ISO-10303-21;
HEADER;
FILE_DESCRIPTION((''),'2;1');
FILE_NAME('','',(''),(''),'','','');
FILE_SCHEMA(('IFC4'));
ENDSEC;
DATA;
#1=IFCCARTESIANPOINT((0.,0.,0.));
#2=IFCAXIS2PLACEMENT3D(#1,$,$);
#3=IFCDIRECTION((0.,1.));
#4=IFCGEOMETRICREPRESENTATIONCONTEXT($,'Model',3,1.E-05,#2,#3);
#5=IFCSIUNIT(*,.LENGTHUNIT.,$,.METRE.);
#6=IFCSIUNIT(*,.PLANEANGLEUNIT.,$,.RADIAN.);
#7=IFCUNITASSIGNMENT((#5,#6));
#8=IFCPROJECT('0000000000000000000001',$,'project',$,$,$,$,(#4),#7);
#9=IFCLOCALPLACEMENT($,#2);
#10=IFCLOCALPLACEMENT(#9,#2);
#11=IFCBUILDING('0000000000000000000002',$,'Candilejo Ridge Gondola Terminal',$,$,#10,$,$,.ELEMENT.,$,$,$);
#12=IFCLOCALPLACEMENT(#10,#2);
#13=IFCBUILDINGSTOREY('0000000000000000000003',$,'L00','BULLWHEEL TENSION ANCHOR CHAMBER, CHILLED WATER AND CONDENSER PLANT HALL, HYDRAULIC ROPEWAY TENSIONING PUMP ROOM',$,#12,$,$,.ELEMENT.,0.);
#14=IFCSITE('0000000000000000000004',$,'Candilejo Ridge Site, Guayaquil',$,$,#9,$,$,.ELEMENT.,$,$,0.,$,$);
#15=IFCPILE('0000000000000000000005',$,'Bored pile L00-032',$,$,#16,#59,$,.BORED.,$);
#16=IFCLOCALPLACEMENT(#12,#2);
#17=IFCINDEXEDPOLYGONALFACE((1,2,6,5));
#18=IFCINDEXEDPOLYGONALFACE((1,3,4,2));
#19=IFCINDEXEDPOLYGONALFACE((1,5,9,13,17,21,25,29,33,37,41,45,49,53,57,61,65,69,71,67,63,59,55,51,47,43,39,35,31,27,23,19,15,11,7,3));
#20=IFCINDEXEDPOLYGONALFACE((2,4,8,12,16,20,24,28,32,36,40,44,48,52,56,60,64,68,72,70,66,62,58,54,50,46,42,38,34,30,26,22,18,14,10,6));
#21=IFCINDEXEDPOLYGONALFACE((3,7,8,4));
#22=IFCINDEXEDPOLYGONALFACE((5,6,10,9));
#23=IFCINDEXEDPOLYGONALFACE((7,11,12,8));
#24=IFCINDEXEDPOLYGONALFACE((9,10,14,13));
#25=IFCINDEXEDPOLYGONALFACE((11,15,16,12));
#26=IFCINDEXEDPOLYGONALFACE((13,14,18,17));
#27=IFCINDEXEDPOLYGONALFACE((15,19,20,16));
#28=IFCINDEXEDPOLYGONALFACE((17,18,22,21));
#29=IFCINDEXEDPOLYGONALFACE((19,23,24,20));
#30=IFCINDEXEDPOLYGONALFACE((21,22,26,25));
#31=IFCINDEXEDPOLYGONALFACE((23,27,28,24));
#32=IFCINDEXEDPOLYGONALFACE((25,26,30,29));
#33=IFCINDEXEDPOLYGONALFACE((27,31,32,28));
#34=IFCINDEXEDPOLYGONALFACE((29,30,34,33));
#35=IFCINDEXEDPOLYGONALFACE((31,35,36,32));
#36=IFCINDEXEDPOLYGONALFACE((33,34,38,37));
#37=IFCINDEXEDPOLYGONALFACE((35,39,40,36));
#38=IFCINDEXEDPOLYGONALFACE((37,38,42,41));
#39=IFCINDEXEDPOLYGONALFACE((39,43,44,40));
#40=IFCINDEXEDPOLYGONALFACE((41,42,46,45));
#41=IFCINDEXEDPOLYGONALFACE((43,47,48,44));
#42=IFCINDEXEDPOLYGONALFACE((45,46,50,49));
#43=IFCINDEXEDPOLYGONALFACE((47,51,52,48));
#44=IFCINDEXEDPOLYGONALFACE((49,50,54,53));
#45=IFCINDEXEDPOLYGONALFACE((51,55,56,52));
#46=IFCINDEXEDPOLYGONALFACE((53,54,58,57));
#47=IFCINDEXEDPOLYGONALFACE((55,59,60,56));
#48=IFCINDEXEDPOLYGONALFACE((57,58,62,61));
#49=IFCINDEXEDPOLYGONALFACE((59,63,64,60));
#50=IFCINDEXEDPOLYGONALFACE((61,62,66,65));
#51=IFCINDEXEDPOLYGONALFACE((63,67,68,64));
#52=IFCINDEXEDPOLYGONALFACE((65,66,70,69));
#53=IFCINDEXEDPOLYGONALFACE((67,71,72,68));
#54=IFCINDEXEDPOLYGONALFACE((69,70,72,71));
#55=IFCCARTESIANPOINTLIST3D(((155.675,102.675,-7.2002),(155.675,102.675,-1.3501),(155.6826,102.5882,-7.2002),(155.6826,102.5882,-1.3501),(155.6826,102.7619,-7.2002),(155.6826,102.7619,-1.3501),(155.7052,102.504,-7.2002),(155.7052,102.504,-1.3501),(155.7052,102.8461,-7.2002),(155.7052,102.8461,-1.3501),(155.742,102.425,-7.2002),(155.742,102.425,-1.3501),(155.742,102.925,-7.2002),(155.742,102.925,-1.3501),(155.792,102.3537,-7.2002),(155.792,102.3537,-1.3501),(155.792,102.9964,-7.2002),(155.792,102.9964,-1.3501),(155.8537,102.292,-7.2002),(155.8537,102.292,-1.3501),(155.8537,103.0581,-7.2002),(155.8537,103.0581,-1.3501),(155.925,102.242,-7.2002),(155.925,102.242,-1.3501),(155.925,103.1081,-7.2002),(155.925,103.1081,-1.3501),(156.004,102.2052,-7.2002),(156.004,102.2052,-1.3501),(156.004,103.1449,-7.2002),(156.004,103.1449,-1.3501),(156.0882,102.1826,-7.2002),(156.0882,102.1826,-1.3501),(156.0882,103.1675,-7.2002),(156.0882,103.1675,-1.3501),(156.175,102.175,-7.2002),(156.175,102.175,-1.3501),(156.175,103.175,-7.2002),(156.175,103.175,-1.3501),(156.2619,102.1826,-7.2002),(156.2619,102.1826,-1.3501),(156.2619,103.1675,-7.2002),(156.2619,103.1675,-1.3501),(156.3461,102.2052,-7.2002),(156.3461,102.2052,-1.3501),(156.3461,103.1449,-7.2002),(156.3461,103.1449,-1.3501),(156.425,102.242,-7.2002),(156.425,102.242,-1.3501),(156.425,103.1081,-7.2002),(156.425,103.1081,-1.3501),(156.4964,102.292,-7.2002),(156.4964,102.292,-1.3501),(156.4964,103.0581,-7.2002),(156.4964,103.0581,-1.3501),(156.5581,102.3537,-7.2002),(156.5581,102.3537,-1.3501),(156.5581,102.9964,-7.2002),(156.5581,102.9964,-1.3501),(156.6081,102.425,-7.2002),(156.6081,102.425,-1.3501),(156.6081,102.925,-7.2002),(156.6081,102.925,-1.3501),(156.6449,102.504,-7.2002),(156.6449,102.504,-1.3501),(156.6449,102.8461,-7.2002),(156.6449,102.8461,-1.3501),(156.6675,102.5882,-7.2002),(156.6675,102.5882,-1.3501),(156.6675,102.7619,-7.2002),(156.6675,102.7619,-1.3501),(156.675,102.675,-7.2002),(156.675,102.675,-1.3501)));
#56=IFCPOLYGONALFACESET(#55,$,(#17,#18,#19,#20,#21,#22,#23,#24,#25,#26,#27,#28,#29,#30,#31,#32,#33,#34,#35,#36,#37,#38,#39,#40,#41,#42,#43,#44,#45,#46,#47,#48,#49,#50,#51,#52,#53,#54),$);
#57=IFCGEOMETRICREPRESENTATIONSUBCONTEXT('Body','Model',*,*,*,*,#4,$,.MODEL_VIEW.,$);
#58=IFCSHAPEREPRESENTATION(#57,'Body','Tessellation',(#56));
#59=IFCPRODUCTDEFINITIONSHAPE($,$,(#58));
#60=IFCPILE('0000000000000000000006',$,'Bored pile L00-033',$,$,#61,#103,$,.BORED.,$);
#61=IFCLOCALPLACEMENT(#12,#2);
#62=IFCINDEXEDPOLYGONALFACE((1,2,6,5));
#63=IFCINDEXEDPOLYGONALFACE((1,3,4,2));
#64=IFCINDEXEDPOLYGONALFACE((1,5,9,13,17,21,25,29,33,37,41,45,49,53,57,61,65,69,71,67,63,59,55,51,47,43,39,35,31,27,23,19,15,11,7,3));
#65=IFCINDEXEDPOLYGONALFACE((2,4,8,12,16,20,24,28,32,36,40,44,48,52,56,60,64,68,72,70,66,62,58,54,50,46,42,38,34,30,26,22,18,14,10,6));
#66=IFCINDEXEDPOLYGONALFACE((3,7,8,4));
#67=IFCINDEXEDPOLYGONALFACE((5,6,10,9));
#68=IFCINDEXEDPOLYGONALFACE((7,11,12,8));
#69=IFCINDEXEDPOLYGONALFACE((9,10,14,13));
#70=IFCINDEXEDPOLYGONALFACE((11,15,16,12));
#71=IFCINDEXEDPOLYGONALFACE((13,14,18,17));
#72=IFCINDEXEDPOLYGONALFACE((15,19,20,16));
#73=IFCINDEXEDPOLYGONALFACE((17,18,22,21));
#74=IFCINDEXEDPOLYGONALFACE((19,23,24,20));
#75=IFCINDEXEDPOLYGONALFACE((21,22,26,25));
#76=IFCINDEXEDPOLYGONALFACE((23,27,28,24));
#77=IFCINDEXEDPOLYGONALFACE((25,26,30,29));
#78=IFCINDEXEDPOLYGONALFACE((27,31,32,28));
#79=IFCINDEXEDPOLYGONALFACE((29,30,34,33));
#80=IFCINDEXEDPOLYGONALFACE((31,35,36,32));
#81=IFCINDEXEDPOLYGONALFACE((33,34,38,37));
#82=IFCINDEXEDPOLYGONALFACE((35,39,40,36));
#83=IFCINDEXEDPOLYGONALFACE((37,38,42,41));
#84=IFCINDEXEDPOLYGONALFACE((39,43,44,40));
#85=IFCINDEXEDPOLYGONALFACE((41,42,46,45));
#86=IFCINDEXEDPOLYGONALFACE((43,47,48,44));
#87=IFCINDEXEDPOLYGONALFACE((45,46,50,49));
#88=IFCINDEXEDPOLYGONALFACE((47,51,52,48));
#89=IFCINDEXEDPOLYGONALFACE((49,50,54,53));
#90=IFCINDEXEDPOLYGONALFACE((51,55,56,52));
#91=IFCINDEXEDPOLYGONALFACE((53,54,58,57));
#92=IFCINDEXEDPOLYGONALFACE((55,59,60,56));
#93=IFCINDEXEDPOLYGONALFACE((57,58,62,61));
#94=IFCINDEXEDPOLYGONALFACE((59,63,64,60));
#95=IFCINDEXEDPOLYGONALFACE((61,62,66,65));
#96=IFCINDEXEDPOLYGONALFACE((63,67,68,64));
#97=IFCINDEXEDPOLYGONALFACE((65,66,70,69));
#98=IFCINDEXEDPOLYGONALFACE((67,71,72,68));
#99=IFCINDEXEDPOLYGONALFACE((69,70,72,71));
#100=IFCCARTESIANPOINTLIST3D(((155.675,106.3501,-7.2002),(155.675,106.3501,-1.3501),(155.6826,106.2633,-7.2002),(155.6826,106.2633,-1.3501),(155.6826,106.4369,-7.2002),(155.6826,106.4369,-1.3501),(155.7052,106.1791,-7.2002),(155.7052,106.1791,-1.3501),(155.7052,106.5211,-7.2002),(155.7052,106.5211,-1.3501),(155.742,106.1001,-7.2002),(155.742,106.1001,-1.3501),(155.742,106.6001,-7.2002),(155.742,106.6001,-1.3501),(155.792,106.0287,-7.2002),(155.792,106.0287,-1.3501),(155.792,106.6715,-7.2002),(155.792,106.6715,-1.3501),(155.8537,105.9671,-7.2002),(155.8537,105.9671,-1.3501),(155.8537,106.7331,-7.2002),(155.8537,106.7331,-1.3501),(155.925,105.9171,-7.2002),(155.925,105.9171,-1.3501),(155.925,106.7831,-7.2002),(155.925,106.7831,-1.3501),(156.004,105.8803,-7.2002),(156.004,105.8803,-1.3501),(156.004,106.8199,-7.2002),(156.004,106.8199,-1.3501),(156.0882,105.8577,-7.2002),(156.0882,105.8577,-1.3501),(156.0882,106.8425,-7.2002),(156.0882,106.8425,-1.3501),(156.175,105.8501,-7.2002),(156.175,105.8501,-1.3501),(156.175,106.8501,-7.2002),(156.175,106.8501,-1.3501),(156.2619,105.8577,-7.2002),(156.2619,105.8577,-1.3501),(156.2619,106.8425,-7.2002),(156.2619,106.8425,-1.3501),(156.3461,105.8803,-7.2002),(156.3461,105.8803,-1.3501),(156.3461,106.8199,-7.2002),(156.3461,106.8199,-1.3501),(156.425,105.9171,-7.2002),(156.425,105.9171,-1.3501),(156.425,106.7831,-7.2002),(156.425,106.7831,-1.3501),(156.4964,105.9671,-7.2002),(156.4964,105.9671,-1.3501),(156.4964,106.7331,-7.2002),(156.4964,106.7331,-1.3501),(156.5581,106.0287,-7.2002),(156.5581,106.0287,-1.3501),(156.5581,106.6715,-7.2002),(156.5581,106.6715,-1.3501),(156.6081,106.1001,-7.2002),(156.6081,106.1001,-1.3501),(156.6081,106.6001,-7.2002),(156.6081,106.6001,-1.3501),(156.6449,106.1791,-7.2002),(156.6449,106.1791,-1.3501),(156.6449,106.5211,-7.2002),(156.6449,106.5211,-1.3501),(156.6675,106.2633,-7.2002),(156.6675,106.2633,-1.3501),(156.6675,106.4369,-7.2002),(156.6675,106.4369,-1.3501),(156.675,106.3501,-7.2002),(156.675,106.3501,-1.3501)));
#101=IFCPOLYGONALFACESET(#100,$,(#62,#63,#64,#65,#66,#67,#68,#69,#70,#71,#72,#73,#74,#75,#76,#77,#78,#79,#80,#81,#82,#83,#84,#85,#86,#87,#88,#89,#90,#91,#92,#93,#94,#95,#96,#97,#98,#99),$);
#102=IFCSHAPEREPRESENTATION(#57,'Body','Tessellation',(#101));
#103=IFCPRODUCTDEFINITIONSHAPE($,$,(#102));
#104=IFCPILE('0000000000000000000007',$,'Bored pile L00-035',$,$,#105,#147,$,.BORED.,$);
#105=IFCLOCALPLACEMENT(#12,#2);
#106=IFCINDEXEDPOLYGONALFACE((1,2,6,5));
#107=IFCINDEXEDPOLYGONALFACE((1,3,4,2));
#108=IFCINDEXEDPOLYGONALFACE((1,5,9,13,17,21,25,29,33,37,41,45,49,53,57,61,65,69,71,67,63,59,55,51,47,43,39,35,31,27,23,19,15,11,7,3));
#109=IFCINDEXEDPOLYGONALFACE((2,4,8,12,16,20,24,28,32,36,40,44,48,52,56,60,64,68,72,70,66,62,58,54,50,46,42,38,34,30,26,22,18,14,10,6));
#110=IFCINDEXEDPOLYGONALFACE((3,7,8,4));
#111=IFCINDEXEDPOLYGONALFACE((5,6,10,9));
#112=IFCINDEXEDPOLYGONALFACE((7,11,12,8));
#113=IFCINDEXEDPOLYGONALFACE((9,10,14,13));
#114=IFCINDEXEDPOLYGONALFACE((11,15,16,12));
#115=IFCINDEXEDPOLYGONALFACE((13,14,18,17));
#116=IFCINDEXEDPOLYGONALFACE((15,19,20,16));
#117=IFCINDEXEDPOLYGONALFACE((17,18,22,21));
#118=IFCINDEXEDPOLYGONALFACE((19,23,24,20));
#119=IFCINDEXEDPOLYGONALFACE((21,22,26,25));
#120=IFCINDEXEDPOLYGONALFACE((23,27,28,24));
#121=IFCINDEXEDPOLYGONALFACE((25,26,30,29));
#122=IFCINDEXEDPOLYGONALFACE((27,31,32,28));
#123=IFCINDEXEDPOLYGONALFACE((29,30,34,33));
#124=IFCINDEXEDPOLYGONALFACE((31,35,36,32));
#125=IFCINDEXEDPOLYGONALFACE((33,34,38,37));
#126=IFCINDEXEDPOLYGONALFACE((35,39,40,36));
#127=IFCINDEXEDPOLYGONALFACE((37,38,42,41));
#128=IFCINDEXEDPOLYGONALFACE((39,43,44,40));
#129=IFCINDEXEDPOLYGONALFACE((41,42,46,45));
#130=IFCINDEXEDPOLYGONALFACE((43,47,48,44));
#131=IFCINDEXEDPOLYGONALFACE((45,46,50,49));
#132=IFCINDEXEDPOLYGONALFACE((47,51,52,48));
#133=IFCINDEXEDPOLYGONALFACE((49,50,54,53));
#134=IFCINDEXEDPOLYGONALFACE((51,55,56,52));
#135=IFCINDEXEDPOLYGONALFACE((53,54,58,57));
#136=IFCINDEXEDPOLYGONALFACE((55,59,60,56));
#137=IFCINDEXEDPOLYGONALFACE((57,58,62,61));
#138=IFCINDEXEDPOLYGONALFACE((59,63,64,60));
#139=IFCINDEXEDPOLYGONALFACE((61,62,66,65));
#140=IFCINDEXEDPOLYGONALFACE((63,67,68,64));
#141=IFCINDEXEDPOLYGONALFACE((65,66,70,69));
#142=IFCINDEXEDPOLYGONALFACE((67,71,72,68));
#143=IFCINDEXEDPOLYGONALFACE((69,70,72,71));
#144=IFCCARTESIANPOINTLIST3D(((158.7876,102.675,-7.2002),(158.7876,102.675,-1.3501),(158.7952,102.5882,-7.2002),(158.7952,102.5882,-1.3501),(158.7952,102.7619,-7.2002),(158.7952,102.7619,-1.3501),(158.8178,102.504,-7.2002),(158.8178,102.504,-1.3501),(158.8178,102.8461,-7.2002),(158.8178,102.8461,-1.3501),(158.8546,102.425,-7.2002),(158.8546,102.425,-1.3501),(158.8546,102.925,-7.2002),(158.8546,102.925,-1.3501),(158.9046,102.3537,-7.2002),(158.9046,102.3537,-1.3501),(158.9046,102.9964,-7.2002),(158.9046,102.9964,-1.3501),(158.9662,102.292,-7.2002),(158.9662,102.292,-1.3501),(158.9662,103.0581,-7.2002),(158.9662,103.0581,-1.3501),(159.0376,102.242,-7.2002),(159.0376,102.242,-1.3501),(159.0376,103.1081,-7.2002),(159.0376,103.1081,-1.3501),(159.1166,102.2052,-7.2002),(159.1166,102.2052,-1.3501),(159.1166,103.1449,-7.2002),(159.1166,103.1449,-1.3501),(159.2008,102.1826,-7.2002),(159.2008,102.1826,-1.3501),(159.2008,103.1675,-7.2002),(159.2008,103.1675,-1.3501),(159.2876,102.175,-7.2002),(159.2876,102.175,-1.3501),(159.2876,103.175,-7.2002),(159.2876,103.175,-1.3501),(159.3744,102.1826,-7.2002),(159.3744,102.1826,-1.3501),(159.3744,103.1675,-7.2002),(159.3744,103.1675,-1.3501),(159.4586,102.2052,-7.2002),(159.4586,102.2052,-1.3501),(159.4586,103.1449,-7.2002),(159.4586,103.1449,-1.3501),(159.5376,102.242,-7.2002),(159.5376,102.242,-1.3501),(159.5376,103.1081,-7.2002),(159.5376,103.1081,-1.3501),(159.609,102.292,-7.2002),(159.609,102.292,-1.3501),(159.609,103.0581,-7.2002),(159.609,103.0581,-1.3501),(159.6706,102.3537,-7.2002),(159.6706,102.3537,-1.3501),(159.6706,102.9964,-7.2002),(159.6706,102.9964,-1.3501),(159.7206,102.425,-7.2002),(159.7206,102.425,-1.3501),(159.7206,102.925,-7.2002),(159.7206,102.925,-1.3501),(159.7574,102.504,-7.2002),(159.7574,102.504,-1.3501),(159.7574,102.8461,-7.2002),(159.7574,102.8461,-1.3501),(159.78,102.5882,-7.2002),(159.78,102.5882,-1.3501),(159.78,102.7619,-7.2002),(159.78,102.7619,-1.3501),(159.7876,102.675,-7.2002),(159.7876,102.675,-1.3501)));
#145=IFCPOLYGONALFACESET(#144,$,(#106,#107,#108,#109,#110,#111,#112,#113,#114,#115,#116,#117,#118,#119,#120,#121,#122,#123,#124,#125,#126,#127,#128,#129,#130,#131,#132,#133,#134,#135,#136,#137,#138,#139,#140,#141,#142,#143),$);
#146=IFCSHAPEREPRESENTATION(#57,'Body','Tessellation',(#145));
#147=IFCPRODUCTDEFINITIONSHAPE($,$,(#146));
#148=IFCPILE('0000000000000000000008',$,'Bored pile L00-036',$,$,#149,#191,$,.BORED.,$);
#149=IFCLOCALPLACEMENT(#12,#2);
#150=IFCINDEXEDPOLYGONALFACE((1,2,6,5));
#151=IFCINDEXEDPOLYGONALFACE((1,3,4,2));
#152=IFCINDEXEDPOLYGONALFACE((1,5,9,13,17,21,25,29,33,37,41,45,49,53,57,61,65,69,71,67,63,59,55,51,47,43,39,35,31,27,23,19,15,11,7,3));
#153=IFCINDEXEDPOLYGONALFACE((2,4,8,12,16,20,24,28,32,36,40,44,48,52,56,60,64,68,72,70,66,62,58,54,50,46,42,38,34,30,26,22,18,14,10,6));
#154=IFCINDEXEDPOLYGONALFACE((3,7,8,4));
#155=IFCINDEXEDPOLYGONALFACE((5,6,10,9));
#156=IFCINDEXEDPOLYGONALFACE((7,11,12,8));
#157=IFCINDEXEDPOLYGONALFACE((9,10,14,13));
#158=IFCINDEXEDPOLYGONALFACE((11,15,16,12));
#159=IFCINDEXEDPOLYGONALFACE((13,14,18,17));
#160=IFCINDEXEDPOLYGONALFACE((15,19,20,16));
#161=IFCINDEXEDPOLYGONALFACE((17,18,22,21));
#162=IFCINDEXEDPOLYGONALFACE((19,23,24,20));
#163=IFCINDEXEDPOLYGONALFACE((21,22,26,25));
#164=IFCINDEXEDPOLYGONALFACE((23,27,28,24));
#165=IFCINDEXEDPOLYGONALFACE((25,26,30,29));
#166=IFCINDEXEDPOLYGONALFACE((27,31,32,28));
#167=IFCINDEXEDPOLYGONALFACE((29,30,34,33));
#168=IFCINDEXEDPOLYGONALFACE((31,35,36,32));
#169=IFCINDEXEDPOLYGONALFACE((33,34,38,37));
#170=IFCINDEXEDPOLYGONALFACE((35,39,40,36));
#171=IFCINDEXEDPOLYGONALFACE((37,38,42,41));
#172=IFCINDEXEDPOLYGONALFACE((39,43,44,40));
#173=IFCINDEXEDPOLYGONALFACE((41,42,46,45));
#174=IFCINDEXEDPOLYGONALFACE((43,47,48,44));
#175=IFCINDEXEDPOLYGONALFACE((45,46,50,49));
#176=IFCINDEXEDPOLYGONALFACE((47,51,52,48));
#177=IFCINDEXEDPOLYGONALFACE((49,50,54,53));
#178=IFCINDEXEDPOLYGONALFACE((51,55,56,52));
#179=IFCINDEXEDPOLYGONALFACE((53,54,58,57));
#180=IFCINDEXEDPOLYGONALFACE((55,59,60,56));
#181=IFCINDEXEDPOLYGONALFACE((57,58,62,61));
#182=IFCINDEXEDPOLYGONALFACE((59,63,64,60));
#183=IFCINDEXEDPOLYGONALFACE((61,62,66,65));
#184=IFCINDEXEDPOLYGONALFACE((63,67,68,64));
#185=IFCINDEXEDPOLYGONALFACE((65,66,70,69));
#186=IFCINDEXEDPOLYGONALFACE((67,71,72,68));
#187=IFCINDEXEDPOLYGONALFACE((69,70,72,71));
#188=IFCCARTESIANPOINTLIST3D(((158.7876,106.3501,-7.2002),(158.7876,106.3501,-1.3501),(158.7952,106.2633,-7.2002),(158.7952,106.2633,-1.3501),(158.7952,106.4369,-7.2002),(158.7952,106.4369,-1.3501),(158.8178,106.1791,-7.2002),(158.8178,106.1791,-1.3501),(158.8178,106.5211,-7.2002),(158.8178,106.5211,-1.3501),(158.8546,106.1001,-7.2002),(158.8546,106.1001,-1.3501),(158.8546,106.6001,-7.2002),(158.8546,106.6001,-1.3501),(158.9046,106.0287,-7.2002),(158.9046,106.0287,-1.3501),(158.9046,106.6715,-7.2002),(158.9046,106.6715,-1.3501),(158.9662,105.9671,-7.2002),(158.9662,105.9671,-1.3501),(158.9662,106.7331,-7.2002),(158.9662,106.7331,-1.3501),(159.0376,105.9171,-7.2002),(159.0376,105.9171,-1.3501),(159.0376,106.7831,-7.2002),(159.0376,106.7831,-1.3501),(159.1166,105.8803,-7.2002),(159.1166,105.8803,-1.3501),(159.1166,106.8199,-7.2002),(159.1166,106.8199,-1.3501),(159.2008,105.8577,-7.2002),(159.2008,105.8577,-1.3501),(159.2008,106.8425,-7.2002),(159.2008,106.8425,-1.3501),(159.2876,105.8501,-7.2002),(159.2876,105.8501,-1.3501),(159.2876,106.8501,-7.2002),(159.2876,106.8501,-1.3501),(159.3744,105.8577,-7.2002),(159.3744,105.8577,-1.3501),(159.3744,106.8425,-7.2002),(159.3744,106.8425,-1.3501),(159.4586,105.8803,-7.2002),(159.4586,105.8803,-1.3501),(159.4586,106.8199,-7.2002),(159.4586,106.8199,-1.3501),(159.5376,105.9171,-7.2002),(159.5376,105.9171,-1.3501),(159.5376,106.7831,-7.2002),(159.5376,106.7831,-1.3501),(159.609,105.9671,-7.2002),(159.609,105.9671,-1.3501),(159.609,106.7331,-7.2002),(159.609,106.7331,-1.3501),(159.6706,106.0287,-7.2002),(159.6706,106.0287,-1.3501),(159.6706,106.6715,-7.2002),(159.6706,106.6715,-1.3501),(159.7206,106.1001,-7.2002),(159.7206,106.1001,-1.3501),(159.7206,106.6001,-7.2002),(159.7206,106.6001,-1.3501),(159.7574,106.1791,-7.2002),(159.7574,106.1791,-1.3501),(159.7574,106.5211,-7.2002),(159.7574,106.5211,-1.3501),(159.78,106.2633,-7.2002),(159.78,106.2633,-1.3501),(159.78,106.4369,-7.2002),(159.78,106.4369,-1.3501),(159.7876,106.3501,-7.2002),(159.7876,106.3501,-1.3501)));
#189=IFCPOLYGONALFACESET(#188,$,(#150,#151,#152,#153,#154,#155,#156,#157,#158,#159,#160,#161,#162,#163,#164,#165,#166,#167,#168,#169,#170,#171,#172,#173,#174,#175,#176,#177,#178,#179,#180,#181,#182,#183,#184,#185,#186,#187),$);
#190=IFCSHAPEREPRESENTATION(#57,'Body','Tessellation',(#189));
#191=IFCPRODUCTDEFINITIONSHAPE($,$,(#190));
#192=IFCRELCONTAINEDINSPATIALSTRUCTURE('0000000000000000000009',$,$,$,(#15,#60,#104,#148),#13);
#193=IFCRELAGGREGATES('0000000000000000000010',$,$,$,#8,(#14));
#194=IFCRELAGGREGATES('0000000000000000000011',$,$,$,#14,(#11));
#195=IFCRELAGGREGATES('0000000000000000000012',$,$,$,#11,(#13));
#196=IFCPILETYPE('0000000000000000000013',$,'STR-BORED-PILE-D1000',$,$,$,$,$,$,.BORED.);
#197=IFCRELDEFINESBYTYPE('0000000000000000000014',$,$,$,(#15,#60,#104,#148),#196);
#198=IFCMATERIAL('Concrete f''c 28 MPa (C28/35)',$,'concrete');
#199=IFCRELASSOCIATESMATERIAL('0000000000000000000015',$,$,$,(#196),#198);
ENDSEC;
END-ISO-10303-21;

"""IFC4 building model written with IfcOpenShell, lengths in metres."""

from ifc_helpers import new_model, si_unit, direction, frame, origin, origin_2d, place, context, subcontext, project, spatial, circle, extrude, material, material_profile, profile_set, type_object, element, save


model = new_model("IFC4")

# Units and contexts
model_context = context("Model", 3, precision=1e-05, world=origin(), true_north=direction((0.0, 1.0)))
body_context = subcontext(model_context, "Body", "Model", "MODEL_VIEW")
ifc_project = project(units=[si_unit("LENGTHUNIT", "METRE"), si_unit("PLANEANGLEUNIT", "RADIAN")], contexts=[model_context])

# Site, building, storey
site_placement = place(None, origin())
site = spatial("IfcSite", under=ifc_project, at=site_placement, Name="Candilejo Ridge Site, Guayaquil", CompositionType="ELEMENT", RefElevation=0.0)
building_placement = place(site_placement, origin())
building = spatial("IfcBuilding", under=site, at=building_placement, Name="Candilejo Ridge Gondola Terminal", CompositionType="ELEMENT")
storey_placement = place(building_placement, origin())
storey = spatial("IfcBuildingStorey", under=building, at=storey_placement, Name="L00", Description="BULLWHEEL TENSION ANCHOR CHAMBER, CHILLED WATER AND CONDENSER PLANT HALL, HYDRAULIC ROPEWAY TENSIONING PUMP ROOM", CompositionType="ELEMENT", Elevation=0.0)

# Piles
ifc_material_1 = material(Name="Concrete f'c 28 MPa (C28/35)", Category="concrete")
ifc_material_profile_1 = material_profile(ifc_material_1, circle(Radius=0.5, at=origin_2d()))
ifc_profile_set_1 = profile_set([ifc_material_profile_1], Name="Concrete f'c 28 MPa (C28/35)")
pile_type = type_object("IfcPileType", Name="STR-BORED-PILE-D1000", PredefinedType="BORED", material=ifc_profile_set_1)
for number, where, z_axis, x_axis, name in (
    (1, (156.175, 102.675, -1.3501), (0.0, 0.0, -1.0), (1.0, 0.0, 0.0), "Bored pile L00-032"),
    (2, (156.175, 106.3501, -1.3501), (0.0, 0.0, -1.0), (1.0, 0.0, 0.0), "Bored pile L00-033"),
    (3, (159.2876, 102.675, -1.3501), (0.0, 0.0, -1.0), (1.0, 0.0, 0.0), "Bored pile L00-035"),
    (4, (159.2876, 106.3501, -1.3501), (0.0, 0.0, -1.0), (1.0, 0.0, 0.0), "Bored pile L00-036"),
):
    element("IfcPile", number, at=place(storey_placement, frame(where, z_axis=z_axis, x_axis=x_axis)), inside=storey, type_object=pile_type, Name=name, PredefinedType="BORED", context=body_context, shape_type="SweptSolid", body=[
        extrude(circle(Radius=0.5, at=origin_2d()), origin(), (0.0, 0.0, 1.0), 5.8501),
    ])

save(model, "model.ifc")
